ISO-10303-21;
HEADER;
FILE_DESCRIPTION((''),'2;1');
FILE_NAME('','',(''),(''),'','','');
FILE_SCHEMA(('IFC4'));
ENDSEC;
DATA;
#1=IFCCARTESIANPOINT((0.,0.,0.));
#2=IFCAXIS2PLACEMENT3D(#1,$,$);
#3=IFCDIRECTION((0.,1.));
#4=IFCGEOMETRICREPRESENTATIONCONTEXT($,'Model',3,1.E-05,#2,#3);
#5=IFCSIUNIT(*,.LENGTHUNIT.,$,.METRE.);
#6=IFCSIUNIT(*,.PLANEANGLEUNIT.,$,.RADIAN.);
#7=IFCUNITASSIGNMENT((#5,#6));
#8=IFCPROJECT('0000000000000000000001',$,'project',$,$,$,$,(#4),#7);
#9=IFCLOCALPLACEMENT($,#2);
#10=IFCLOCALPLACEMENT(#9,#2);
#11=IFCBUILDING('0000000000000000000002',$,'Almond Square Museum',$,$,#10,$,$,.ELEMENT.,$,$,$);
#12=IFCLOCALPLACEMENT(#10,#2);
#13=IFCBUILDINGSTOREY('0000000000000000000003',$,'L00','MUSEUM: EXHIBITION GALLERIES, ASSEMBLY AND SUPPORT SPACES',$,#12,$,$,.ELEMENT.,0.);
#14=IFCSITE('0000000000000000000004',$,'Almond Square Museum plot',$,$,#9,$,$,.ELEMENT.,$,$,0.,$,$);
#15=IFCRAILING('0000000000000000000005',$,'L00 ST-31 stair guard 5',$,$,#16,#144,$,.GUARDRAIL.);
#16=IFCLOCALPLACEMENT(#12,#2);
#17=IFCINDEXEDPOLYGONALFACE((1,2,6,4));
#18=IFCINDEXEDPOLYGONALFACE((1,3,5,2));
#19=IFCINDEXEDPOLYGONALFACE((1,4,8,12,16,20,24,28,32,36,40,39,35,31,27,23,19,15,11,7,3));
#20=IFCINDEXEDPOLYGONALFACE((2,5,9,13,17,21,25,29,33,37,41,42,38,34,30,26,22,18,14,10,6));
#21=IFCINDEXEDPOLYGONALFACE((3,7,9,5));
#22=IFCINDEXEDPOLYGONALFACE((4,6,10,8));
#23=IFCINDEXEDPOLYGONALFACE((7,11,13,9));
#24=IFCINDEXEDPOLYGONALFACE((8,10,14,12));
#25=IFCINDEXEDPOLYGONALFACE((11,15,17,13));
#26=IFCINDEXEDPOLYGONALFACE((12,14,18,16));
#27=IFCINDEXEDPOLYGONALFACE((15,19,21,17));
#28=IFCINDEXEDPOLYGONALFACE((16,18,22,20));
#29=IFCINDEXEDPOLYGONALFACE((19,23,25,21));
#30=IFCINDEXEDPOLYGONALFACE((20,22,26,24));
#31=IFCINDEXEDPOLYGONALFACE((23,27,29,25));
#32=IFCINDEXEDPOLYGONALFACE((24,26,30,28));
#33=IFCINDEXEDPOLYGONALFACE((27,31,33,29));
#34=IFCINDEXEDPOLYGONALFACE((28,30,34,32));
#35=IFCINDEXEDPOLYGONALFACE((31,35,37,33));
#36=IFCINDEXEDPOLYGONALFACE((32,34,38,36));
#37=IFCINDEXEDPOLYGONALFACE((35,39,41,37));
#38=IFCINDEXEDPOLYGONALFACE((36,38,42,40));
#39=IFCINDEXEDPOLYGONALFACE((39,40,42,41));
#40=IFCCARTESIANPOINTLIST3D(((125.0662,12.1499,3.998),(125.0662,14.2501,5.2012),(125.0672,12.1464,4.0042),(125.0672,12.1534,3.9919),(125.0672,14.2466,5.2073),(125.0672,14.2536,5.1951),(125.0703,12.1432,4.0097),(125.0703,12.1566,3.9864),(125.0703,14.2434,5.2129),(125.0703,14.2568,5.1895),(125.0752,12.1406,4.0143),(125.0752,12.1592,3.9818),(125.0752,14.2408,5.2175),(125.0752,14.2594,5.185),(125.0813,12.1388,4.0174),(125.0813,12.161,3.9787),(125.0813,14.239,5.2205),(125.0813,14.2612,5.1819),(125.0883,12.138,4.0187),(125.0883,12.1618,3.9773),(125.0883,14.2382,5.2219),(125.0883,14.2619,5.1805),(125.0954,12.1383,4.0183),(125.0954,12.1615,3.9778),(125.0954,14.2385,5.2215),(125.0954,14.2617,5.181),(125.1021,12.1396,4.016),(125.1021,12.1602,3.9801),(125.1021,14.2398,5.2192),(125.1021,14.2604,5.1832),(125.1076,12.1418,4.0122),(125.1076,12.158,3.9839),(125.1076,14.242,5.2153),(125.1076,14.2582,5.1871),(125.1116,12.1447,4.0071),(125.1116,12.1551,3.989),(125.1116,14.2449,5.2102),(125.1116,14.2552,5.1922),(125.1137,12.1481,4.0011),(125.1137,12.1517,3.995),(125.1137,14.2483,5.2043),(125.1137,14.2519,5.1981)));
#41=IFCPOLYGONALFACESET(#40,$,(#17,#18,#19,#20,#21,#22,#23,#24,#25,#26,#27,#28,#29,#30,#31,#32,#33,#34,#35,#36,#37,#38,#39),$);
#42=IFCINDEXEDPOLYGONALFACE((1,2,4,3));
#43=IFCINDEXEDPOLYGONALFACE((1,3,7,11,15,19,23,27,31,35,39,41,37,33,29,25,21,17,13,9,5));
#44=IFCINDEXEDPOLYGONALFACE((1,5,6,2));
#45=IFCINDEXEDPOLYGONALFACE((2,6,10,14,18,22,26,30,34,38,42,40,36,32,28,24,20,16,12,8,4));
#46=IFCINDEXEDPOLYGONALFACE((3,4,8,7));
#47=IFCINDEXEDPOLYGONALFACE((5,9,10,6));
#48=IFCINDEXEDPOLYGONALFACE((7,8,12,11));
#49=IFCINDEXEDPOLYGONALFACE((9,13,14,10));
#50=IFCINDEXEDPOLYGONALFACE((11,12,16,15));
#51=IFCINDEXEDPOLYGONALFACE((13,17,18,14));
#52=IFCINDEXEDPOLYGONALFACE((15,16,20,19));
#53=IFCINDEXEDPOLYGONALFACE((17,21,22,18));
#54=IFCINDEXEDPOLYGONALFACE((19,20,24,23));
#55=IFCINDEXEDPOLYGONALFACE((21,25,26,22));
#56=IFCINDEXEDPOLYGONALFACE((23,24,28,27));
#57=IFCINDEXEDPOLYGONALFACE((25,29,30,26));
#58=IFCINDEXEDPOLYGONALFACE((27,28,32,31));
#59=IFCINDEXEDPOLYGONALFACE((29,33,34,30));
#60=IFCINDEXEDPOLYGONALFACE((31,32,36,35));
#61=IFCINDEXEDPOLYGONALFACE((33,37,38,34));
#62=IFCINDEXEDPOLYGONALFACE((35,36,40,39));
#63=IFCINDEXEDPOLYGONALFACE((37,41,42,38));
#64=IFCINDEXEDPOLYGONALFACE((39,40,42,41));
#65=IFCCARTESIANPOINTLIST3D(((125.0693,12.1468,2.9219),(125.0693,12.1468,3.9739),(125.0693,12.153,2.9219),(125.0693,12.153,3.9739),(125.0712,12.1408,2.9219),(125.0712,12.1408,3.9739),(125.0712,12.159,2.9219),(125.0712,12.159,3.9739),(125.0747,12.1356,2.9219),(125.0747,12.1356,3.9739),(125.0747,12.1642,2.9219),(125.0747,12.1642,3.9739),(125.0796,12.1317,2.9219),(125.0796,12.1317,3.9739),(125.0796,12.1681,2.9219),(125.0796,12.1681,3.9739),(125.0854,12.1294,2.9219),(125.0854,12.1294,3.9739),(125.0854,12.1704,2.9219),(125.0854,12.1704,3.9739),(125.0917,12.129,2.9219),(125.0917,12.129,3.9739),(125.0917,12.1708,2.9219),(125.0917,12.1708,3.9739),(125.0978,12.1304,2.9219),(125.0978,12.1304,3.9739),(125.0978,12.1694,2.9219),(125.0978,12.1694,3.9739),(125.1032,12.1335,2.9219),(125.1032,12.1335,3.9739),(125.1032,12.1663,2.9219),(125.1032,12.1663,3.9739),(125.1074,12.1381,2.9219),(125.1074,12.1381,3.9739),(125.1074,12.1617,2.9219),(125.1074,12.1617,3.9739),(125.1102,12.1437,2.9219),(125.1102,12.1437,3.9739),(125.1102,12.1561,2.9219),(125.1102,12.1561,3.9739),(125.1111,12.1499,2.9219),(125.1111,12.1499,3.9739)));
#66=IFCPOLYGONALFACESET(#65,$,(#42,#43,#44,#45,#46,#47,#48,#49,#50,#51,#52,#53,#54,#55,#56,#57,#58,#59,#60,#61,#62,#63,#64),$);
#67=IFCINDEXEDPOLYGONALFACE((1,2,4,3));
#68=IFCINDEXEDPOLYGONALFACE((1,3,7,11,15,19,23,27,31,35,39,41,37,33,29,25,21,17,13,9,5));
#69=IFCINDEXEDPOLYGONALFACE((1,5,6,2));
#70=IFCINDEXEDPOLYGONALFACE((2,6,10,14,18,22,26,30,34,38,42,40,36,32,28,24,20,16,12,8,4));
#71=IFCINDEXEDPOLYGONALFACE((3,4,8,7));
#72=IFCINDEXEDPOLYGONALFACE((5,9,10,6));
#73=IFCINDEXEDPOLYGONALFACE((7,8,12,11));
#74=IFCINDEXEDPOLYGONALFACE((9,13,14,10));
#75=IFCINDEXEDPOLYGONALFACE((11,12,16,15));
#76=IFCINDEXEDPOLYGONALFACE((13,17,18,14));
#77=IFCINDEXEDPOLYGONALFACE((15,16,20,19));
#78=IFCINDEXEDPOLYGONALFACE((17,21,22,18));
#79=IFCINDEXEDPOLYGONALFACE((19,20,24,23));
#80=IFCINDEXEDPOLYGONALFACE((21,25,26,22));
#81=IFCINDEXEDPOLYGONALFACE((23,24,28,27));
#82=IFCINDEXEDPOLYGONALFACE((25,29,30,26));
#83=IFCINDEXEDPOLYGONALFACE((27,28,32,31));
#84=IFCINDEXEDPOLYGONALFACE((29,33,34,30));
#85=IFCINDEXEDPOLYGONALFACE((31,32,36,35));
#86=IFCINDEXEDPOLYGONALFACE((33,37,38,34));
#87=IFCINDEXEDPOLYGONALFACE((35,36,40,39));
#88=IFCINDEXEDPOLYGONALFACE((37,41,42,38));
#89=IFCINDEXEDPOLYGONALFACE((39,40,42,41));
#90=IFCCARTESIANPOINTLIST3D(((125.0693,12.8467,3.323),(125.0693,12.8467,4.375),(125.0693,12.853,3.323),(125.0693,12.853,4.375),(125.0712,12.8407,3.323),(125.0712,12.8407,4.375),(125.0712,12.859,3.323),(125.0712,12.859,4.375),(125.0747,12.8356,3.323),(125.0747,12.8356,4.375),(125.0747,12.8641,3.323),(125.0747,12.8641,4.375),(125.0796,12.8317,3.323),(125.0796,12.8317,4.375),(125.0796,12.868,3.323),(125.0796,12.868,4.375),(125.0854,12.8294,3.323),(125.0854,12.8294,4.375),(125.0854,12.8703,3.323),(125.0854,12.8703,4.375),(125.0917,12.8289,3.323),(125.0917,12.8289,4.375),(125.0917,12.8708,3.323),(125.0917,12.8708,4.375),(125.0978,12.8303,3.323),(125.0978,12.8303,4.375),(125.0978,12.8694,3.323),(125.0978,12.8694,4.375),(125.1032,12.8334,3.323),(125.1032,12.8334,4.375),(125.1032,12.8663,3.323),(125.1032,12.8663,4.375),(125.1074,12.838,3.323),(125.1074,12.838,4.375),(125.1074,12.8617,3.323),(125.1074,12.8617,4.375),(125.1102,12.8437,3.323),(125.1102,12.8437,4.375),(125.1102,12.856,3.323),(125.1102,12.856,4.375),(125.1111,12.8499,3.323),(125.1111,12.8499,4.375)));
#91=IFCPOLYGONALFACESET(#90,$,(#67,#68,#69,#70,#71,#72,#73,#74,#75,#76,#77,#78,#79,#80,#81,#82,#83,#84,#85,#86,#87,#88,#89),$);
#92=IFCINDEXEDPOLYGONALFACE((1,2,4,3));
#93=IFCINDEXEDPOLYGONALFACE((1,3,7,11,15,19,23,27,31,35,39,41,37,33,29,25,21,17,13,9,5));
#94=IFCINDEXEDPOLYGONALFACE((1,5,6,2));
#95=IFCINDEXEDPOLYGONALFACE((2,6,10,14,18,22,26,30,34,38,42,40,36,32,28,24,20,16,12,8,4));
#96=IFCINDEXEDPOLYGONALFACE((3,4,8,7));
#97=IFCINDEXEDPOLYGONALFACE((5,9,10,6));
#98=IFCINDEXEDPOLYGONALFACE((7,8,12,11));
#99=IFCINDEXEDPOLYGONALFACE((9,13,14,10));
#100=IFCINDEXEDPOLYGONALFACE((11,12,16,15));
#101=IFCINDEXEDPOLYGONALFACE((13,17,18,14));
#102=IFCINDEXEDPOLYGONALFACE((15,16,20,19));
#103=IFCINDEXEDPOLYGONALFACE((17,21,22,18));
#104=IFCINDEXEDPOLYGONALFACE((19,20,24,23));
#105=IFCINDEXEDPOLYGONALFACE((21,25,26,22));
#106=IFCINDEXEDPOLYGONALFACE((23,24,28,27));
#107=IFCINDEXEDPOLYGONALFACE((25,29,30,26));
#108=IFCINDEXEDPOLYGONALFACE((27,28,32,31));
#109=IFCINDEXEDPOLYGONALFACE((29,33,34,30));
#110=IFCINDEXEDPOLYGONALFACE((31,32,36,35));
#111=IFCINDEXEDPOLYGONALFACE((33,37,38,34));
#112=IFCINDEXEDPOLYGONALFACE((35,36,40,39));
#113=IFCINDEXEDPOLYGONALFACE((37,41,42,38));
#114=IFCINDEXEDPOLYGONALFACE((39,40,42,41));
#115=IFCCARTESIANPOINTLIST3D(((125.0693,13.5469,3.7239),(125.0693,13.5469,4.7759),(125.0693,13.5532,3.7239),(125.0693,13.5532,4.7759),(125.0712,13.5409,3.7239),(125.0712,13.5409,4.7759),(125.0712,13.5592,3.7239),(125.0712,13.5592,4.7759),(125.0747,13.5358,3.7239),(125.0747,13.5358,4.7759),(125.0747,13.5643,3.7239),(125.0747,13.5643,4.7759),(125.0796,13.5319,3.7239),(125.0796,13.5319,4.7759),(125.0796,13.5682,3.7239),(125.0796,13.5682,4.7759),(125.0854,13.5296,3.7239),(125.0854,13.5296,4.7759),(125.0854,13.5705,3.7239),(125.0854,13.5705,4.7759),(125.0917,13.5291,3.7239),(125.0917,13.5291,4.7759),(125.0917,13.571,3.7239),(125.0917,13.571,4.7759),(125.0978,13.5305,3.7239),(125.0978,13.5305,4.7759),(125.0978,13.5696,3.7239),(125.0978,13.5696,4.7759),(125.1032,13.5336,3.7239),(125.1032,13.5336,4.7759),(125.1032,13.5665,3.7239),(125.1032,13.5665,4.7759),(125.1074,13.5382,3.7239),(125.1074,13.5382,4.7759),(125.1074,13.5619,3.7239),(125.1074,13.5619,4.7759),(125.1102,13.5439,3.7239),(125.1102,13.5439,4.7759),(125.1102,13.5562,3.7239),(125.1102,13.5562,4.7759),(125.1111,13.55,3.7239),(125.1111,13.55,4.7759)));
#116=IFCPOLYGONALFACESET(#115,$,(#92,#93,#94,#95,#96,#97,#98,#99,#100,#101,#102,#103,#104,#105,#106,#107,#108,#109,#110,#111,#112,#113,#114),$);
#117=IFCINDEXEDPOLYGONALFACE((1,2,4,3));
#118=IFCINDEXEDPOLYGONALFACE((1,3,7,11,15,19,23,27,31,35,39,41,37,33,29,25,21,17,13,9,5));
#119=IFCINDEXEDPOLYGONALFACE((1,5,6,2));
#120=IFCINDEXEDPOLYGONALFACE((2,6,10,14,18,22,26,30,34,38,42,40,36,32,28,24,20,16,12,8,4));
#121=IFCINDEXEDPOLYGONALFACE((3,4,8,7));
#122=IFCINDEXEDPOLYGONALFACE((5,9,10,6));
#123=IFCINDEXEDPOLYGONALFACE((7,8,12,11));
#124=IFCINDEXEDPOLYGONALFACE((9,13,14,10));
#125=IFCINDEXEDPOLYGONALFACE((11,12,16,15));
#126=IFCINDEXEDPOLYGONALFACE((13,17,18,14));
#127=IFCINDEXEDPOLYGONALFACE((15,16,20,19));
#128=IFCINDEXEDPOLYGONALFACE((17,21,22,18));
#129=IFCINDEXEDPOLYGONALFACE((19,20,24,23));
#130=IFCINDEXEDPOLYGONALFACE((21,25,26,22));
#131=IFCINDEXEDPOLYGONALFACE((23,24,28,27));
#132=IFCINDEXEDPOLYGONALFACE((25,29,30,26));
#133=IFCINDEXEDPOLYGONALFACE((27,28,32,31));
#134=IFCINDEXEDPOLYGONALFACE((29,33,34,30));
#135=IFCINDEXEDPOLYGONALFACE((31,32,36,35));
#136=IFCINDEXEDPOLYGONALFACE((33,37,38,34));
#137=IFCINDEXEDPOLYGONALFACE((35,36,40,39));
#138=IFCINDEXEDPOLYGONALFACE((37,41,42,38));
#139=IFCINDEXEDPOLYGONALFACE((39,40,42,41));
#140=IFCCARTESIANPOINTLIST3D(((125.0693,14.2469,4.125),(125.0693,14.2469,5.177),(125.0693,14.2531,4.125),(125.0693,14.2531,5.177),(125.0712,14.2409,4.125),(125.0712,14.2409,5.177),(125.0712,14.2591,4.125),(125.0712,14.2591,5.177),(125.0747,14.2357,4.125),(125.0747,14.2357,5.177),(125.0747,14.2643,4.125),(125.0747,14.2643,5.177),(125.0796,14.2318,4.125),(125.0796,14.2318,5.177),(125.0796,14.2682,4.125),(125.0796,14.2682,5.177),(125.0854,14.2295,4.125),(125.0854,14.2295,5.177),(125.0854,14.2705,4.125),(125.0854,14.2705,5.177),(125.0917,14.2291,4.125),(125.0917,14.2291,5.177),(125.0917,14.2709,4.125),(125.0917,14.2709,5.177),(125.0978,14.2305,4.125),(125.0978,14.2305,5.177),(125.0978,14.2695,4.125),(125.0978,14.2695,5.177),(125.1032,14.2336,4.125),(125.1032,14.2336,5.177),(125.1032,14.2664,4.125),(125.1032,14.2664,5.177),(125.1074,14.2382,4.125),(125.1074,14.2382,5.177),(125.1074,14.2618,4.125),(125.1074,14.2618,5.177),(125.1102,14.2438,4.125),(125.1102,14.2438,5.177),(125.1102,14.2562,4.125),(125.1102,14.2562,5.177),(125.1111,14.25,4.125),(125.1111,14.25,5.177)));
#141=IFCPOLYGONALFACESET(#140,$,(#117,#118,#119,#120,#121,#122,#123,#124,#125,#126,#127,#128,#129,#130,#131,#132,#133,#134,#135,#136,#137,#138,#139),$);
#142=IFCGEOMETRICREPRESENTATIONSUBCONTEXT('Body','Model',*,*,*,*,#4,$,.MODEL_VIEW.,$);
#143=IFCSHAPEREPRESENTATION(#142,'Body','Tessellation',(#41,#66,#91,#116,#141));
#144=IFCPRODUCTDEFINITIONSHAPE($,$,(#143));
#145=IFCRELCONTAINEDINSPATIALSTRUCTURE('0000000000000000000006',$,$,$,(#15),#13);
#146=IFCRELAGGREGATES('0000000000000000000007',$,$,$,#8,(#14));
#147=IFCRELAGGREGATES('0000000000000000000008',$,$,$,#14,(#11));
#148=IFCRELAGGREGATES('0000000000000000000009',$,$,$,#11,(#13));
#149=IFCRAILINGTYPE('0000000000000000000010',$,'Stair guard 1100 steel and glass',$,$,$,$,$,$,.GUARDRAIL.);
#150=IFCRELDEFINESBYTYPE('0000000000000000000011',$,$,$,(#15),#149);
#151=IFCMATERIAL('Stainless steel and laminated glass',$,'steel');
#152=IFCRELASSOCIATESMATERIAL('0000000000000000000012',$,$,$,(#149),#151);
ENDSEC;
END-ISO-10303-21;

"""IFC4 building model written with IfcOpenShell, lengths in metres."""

from ifc_helpers import new_model, si_unit, direction, frame, origin, origin_2d, place, context, subcontext, project, spatial, circle, extrude, material, type_object, element, save


model = new_model("IFC4")

# Units and contexts
model_context = context("Model", 3, precision=1e-05, world=origin(), true_north=direction((0.0, 1.0)))
body_context = subcontext(model_context, "Body", "Model", "MODEL_VIEW")
ifc_project = project(units=[si_unit("LENGTHUNIT", "METRE"), si_unit("PLANEANGLEUNIT", "RADIAN")], contexts=[model_context])

# Site, building, storey
site_placement = place(None, origin())
site = spatial("IfcSite", under=ifc_project, at=site_placement, Name="Almond Square Museum plot", CompositionType="ELEMENT", RefElevation=0.0)
building_placement = place(site_placement, origin())
building = spatial("IfcBuilding", under=site, at=building_placement, Name="Almond Square Museum", CompositionType="ELEMENT")
storey_placement = place(building_placement, origin())
storey = spatial("IfcBuildingStorey", under=building, at=storey_placement, Name="L00", Description="MUSEUM: EXHIBITION GALLERIES, ASSEMBLY AND SUPPORT SPACES", CompositionType="ELEMENT", Elevation=0.0)

# Railing
ifc_material_1 = material(Name="Stainless steel and laminated glass", Category="steel")
railing_type_1 = type_object("IfcRailingType", Name="Stair guard 1100 steel and glass", PredefinedType="GUARDRAIL", material=ifc_material_1)
railing_1_placement = place(storey_placement, frame((125.0901, 12.1499, 2.9219)))
element("IfcRailing", 1, at=railing_1_placement, inside=storey, type_object=railing_type_1, Name="L00 ST-31 stair guard 5", PredefinedType="GUARDRAIL", context=body_context, shape_type="SweptSolid", body=[
    extrude(circle(Radius=0.0239, at=origin_2d()), frame((0.0, 0.0, 1.0762), z_axis=(0.0, 0.867696, 0.497095), x_axis=(-1.0, 0.0, 0.0)), (0.0, 0.0, 1.0), 2.4204),
    extrude(circle(Radius=0.021, at=origin_2d()), origin(), (0.0, 0.0, 1.0), 1.052),
    extrude(circle(Radius=0.021, at=origin_2d()), frame((0.0, 0.7, 0.4011)), (0.0, 0.0, 1.0), 1.052),
    extrude(circle(Radius=0.021, at=origin_2d()), frame((0.0, 1.4001, 0.802)), (0.0, 0.0, 1.0), 1.052),
    extrude(circle(Radius=0.021, at=origin_2d()), frame((0.0, 2.1001, 1.2031)), (0.0, 0.0, 1.0), 1.052),
])

save(model, "model.ifc")
